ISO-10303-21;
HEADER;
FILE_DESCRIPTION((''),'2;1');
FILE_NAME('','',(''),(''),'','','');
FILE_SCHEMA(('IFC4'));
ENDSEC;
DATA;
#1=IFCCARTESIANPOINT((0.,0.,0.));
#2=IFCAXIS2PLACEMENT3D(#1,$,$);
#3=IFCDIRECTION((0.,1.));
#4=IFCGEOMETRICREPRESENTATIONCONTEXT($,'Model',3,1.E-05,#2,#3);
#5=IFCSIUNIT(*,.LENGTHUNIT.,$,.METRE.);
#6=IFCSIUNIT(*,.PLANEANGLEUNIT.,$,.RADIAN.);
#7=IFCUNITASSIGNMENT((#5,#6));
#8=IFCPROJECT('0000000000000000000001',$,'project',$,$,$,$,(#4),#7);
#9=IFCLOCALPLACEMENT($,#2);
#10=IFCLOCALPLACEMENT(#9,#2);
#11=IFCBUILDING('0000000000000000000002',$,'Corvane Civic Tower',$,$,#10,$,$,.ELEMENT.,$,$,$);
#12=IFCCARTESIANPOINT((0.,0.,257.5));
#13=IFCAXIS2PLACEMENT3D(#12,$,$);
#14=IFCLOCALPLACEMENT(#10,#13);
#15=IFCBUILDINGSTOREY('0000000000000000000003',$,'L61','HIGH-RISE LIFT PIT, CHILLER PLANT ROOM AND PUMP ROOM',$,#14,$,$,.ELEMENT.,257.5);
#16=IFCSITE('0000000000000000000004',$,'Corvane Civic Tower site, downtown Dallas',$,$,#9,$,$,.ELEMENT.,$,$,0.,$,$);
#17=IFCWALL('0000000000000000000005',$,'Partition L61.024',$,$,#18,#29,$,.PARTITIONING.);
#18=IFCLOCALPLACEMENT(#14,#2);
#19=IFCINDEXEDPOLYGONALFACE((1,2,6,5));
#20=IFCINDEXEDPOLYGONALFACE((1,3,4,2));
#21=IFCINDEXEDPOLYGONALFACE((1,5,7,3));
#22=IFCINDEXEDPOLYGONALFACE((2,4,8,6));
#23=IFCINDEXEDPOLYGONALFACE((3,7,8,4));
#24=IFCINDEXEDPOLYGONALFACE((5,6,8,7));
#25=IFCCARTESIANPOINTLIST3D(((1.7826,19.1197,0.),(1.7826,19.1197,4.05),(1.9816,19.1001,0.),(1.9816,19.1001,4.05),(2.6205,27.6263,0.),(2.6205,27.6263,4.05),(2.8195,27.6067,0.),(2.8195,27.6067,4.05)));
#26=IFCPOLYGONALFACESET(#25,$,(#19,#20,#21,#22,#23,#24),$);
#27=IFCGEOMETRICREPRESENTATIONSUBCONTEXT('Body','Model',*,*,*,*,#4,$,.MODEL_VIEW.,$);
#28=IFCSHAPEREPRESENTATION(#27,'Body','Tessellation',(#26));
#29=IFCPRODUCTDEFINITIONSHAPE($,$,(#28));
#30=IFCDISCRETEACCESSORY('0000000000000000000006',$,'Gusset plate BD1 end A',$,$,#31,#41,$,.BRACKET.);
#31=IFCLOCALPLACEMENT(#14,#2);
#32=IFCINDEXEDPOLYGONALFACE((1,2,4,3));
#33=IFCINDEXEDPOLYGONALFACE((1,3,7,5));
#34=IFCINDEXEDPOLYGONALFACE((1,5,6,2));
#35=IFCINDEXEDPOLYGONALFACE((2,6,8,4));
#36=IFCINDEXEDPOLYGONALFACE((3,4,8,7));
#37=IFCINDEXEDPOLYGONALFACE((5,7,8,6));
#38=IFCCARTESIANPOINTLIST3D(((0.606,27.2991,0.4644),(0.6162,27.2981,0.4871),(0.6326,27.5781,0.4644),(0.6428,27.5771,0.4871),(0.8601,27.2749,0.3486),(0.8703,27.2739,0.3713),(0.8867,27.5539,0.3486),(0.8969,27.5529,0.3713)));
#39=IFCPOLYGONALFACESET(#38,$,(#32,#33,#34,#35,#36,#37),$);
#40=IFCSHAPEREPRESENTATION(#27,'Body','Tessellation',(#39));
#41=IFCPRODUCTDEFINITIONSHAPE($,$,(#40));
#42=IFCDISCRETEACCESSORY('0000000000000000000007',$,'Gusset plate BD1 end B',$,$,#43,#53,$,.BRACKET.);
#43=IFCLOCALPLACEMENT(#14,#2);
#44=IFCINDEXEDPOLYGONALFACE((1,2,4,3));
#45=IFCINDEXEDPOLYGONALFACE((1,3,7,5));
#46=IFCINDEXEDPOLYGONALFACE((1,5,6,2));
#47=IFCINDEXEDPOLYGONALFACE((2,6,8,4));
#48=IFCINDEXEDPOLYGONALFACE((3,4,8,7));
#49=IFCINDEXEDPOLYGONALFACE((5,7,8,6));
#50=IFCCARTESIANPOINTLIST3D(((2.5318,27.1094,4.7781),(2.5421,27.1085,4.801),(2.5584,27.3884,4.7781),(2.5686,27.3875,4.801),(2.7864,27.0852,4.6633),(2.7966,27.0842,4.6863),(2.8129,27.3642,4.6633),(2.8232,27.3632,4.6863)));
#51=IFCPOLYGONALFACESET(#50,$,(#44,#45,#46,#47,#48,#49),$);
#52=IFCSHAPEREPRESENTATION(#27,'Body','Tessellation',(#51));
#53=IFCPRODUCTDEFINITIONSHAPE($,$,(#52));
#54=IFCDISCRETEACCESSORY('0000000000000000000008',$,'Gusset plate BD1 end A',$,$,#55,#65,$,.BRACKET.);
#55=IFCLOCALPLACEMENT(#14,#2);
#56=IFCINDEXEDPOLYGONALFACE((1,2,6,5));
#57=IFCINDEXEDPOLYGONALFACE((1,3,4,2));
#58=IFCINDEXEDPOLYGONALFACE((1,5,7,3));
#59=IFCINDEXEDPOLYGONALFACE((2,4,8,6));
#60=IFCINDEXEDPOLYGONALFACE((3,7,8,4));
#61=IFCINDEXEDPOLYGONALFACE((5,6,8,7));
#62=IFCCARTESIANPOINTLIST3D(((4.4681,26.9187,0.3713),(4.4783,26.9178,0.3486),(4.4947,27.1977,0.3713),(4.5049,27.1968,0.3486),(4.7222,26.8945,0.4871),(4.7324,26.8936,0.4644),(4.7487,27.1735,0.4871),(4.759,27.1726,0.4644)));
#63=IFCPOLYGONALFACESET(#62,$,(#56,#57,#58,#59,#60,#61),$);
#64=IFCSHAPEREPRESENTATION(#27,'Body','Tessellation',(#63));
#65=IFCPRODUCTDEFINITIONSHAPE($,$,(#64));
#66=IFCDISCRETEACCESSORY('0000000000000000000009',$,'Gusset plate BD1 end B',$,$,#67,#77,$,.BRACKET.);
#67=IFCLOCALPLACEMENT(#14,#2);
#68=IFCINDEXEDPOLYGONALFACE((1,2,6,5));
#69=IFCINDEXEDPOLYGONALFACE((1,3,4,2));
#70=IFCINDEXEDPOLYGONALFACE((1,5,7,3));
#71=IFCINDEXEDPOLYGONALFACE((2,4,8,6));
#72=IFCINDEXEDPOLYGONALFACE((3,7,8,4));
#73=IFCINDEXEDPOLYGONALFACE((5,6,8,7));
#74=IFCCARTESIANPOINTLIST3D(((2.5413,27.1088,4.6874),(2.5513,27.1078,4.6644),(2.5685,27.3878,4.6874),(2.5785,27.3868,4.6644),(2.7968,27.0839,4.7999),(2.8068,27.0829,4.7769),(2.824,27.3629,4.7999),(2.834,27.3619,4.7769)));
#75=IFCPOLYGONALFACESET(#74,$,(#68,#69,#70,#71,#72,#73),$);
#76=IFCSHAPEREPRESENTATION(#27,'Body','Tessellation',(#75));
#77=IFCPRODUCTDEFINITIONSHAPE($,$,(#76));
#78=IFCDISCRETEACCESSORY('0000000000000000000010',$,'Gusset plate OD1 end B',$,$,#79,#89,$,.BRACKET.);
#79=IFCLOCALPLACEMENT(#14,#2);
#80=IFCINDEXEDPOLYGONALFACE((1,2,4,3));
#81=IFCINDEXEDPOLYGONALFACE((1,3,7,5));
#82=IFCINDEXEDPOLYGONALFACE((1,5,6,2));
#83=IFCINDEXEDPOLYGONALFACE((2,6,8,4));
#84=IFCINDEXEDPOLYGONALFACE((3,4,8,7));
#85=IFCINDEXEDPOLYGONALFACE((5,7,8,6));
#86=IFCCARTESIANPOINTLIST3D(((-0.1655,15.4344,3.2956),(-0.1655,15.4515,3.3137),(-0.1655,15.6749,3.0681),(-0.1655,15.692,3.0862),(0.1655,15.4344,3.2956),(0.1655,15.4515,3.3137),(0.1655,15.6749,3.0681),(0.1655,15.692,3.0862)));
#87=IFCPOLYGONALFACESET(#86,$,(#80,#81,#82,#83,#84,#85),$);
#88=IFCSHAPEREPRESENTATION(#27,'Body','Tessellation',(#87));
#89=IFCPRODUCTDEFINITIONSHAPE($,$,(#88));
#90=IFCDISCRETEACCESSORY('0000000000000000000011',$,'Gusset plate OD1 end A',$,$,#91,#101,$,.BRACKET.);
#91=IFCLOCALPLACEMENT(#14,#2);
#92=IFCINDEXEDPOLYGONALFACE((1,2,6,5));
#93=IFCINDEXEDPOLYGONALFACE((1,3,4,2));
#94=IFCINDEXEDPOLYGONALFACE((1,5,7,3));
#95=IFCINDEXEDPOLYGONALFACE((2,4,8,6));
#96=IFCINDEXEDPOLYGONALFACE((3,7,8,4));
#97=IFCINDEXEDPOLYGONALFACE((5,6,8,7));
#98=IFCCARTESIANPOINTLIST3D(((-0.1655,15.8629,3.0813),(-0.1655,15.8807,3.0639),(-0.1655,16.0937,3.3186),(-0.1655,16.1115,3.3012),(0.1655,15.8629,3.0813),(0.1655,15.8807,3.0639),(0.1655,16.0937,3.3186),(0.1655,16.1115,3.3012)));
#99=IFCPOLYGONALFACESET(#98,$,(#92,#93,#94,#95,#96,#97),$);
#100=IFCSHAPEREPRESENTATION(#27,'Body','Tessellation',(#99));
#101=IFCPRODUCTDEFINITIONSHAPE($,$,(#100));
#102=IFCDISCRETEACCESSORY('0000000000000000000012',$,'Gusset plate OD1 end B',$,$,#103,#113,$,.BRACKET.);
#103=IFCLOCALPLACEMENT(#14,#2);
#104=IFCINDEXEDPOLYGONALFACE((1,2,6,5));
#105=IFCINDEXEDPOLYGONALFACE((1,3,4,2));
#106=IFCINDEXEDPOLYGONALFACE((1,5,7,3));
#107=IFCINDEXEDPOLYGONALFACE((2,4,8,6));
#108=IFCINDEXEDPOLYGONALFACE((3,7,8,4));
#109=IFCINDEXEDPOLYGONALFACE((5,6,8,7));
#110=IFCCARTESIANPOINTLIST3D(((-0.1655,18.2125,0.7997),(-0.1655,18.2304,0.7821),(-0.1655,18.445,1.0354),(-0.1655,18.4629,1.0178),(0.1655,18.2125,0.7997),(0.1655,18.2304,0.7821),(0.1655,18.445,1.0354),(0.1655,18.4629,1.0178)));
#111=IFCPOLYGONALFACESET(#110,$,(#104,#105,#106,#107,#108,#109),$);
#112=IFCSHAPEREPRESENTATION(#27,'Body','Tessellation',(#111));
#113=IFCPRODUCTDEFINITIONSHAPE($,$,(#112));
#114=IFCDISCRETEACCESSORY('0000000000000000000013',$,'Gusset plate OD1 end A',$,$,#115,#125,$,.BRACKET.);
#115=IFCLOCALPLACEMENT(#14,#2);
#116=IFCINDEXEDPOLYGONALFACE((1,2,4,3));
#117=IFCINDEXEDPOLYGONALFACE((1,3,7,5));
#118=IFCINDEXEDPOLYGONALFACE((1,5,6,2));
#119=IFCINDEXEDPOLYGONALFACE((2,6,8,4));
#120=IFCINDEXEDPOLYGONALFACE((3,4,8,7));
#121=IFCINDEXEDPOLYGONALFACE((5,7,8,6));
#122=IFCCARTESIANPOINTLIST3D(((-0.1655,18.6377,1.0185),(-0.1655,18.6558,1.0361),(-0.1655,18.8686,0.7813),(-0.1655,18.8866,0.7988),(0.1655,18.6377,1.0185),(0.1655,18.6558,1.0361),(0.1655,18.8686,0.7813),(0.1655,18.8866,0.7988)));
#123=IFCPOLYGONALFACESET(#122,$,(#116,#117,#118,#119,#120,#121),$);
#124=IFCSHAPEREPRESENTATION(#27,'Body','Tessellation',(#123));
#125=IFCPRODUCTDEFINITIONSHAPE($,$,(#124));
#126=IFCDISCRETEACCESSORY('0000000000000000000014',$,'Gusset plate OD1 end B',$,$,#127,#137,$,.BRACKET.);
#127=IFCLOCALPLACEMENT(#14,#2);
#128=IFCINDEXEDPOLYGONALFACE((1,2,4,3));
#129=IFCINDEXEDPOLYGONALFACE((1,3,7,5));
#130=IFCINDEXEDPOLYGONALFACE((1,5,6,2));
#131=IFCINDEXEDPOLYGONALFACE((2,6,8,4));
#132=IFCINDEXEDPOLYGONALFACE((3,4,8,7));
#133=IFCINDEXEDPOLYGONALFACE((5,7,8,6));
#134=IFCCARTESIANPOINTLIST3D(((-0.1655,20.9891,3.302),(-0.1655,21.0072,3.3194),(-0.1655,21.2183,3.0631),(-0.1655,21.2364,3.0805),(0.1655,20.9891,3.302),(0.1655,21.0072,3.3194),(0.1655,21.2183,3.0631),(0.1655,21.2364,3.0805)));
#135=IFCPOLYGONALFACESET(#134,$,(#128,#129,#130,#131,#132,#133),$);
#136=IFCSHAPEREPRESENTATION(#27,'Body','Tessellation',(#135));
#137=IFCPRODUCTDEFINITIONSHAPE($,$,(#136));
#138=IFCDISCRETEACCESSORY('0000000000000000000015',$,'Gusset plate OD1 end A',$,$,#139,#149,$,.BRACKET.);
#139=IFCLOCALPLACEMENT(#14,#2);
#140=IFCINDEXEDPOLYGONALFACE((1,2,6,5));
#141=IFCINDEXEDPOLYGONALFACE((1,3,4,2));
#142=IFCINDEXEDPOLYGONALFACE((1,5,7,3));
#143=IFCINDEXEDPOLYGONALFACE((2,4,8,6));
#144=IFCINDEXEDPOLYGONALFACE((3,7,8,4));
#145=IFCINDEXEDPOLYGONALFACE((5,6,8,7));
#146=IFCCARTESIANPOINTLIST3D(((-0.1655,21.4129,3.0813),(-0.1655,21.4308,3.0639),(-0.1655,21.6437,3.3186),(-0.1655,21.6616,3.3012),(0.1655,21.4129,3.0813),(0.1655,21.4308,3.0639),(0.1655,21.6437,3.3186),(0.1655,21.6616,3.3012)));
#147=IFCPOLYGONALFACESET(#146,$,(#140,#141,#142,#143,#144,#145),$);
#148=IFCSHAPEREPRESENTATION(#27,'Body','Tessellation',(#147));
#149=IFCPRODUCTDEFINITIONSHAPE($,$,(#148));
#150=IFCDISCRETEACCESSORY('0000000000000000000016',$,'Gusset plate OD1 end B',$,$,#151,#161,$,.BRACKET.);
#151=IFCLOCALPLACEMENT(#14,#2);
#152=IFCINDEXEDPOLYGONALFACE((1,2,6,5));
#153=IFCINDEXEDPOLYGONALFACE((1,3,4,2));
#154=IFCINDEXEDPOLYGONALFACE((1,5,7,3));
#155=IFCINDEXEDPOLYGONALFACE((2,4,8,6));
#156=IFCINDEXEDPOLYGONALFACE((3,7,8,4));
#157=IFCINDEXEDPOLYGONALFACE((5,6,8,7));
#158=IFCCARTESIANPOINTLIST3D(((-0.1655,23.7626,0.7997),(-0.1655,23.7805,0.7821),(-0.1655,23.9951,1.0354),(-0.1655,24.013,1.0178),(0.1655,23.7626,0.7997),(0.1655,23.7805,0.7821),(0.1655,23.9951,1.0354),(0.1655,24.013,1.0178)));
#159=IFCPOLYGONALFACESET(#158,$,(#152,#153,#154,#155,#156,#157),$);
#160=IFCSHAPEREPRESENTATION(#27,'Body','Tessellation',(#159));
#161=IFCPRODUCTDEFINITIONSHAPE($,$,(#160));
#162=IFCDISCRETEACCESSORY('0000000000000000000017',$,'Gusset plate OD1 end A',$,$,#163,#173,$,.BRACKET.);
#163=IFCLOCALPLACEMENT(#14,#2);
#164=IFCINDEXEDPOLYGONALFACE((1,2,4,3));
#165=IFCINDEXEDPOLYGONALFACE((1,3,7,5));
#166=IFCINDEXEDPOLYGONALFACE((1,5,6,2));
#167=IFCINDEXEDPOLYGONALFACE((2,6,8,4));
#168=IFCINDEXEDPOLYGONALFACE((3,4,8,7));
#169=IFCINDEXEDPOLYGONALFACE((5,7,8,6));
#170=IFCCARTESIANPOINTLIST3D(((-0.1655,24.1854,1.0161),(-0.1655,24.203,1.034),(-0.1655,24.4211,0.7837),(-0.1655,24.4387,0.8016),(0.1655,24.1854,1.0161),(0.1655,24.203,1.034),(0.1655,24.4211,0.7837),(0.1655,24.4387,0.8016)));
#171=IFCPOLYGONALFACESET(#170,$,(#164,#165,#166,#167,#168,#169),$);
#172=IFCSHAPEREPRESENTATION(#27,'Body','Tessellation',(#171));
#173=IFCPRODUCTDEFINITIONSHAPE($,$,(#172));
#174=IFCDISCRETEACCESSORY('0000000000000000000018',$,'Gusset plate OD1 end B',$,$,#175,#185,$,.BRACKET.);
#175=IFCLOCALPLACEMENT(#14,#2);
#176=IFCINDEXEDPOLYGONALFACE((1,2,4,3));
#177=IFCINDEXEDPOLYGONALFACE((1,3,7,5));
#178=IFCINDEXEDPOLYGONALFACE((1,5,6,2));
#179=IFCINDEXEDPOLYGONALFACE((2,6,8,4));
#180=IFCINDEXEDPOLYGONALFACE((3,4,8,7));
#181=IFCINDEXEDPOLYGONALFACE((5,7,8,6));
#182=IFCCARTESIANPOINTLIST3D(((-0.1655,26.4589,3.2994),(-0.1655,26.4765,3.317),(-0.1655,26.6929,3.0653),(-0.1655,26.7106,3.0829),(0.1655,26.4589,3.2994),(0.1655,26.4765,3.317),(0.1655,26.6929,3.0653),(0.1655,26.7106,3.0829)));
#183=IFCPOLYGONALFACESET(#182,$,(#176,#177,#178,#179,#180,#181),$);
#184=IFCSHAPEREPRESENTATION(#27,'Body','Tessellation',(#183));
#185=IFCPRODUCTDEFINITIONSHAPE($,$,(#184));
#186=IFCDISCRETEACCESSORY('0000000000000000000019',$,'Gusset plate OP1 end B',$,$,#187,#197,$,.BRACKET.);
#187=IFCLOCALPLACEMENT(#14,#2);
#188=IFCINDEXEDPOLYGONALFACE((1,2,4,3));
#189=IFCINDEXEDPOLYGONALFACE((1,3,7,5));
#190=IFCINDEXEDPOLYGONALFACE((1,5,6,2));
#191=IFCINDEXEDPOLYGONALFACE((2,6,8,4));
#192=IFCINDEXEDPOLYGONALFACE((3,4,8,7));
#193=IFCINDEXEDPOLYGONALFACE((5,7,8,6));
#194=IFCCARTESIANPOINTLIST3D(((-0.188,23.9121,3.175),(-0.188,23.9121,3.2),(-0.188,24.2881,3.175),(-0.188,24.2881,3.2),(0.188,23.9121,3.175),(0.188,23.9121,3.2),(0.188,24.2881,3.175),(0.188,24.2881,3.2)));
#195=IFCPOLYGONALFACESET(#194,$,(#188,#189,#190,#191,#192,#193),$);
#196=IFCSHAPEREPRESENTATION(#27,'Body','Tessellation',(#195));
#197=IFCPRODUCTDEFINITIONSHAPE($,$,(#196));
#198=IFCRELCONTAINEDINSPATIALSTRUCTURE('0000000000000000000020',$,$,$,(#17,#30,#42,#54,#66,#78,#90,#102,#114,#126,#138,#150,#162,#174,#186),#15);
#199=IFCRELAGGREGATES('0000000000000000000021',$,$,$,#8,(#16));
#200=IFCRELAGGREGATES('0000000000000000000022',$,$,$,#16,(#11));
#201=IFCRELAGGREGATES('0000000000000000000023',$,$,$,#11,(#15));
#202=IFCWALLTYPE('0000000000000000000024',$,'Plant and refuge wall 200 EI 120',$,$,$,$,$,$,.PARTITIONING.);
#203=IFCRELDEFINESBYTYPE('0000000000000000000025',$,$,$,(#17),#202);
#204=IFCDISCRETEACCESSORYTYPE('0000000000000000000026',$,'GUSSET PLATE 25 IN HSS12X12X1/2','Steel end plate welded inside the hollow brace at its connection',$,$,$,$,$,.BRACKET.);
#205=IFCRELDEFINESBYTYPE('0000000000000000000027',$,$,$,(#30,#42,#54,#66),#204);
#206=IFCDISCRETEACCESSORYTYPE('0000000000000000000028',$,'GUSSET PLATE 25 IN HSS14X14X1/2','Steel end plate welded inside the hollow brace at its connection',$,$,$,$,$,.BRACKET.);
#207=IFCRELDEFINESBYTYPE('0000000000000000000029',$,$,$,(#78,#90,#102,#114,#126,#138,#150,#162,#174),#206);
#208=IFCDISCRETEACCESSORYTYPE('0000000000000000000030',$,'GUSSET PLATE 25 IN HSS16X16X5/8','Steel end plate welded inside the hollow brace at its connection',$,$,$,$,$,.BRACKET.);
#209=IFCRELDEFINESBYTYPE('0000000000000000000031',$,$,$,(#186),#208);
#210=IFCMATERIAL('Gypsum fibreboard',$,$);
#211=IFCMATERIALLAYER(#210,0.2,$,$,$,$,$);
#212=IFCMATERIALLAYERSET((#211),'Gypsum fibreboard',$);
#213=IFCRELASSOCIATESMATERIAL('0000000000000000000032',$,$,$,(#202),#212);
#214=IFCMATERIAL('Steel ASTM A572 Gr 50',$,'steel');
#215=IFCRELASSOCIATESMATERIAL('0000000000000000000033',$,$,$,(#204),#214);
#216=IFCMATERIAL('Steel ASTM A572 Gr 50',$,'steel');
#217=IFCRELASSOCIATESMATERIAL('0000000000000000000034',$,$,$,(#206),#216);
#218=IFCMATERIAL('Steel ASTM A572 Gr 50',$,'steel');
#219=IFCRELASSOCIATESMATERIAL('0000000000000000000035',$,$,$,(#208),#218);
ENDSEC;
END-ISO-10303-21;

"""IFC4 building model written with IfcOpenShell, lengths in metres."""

from ifc_helpers import new_model, si_unit, direction, frame, frame_2d, origin, origin_2d, place, context, subcontext, project, spatial, rectangle, extrude, material, layer, layer_set, material_profile, profile_set, type_object, element, save


model = new_model("IFC4")

# Units and contexts
model_context = context("Model", 3, precision=1e-05, world=origin(), true_north=direction((0.0, 1.0)))
body_context = subcontext(model_context, "Body", "Model", "MODEL_VIEW")
ifc_project = project(units=[si_unit("LENGTHUNIT", "METRE"), si_unit("PLANEANGLEUNIT", "RADIAN")], contexts=[model_context])

# Site, building, storey
site_placement = place(None, origin())
site = spatial("IfcSite", under=ifc_project, at=site_placement, Name="Corvane Civic Tower site, downtown Dallas", CompositionType="ELEMENT", RefElevation=0.0)
building_placement = place(site_placement, origin())
building = spatial("IfcBuilding", under=site, at=building_placement, Name="Corvane Civic Tower", CompositionType="ELEMENT")
storey_placement = place(building_placement, frame((0.0, 0.0, 257.5)))
storey = spatial("IfcBuildingStorey", under=building, at=storey_placement, Name="L61", Description="HIGH-RISE LIFT PIT, CHILLER PLANT ROOM AND PUMP ROOM", CompositionType="ELEMENT", Elevation=257.5)

# Wall
ifc_material_1 = material(Name="Gypsum fibreboard")
ifc_layer_1 = layer(ifc_material_1, 0.2)
ifc_layer_set_1 = layer_set([ifc_layer_1], Name="Gypsum fibreboard")
wall_type_1 = type_object("IfcWallType", Name="Plant and refuge wall 200 EI 120", PredefinedType="PARTITIONING", material=ifc_layer_set_1)
wall_placement = place(storey_placement, frame((1.8821, 19.1099, 0.0), z_axis=(0.0, 0.0, 1.0), x_axis=(0.098025, 0.995184, 0.0)))
element("IfcWall", 1, at=wall_placement, inside=storey, type_object=wall_type_1, Name="Partition L61.024", PredefinedType="PARTITIONING", context=body_context, shape_type="SweptSolid", body=[
    extrude(rectangle(XDim=8.5479, YDim=0.2, at=frame_2d((4.2739, 0.0))), origin(), (0.0, 0.0, 1.0), 4.05),
])

# Discrete accessories
ifc_material_2 = material(Name="Steel ASTM A572 Gr 50", Category="steel")
ifc_material_profile_1 = material_profile(ifc_material_2, rectangle(XDim=0.2803, YDim=0.2803, at=origin_2d()), Name="GUSSET PLATE 25 IN HSS12X12X1/2")
ifc_profile_set_1 = profile_set([ifc_material_profile_1], Name="Steel ASTM A572 Gr 50")
discrete_accessory_type_1 = type_object("IfcDiscreteAccessoryType", Name="GUSSET PLATE 25 IN HSS12X12X1/2", Description="Steel end plate welded inside the hollow brace at its connection", PredefinedType="BRACKET", material=ifc_profile_set_1)
discrete_accessory_1_placement = place(storey_placement, frame((0.7463, 27.4265, 0.4065), z_axis=(0.411271, -0.039169, 0.910671), x_axis=(0.094809, 0.995495, 0.0)))
element("IfcDiscreteAccessory", 2, at=discrete_accessory_1_placement, inside=storey, type_object=discrete_accessory_type_1, Name="Gusset plate BD1 end A", PredefinedType="BRACKET", context=body_context, shape_type="SweptSolid", body=[
    extrude(rectangle(XDim=0.2803, YDim=0.2803, at=origin_2d()), origin(), (0.0, 0.0, 1.0), 0.0249),
])
discrete_accessory_2_placement = place(storey_placement, frame((2.6826, 27.2358, 4.7437), z_axis=(-0.407633, 0.038822, -0.91232), x_axis=(-0.094809, -0.995495, 0.0)))
element("IfcDiscreteAccessory", 3, at=discrete_accessory_2_placement, inside=storey, type_object=discrete_accessory_type_1, Name="Gusset plate BD1 end B", PredefinedType="BRACKET", context=body_context, shape_type="SweptSolid", body=[
    extrude(rectangle(XDim=0.2803, YDim=0.2803, at=origin_2d()), origin(), (0.0, 0.0, 1.0), 0.0251),
])
discrete_accessory_3_placement = place(storey_placement, frame((4.6187, 27.0452, 0.4065), z_axis=(-0.411271, 0.039169, 0.910671), x_axis=(-0.094809, -0.995495, 0.0)))
element("IfcDiscreteAccessory", 4, at=discrete_accessory_3_placement, inside=storey, type_object=discrete_accessory_type_1, Name="Gusset plate BD1 end A", PredefinedType="BRACKET", context=body_context, shape_type="SweptSolid", body=[
    extrude(rectangle(XDim=0.2803, YDim=0.2803, at=origin_2d()), origin(), (0.0, 0.0, 1.0), 0.0249),
])
discrete_accessory_4_placement = place(storey_placement, frame((2.6826, 27.2358, 4.7437), z_axis=(0.399492, -0.038975, -0.915908), x_axis=(0.0971, 0.995275, 0.0)))
element("IfcDiscreteAccessory", 5, at=discrete_accessory_4_placement, inside=storey, type_object=discrete_accessory_type_1, Name="Gusset plate BD1 end B", PredefinedType="BRACKET", context=body_context, shape_type="SweptSolid", body=[
    extrude(rectangle(XDim=0.2803, YDim=0.2803, at=origin_2d()), origin(), (0.0, 0.0, 1.0), 0.0251),
])
ifc_material_3 = material(Name="Steel ASTM A572 Gr 50", Category="steel")
ifc_material_profile_2 = material_profile(ifc_material_3, rectangle(XDim=0.3311, YDim=0.3311, at=origin_2d()), Name="GUSSET PLATE 25 IN HSS14X14X1/2")
ifc_profile_set_2 = profile_set([ifc_material_profile_2], Name="Steel ASTM A572 Gr 50")
discrete_accessory_type_2 = type_object("IfcDiscreteAccessoryType", Name="GUSSET PLATE 25 IN HSS14X14X1/2", Description="Steel end plate welded inside the hollow brace at its connection", PredefinedType="BRACKET", material=ifc_profile_set_2)
for number, where, z_axis, x_axis, name in (
    (6, (0.0, 15.5718, 3.2), (0.0, -0.6872, -0.726468), (1.0, 0.0, 0.0), "Gusset plate OD1 end B"),
    (7, (0.0, 15.9783, 3.2), (0.0, 0.716859, -0.697219), (-1.0, 0.0, 0.0), "Gusset plate OD1 end A"),
):
    element("IfcDiscreteAccessory", number, at=place(storey_placement, frame(where, z_axis=z_axis, x_axis=x_axis)), inside=storey, type_object=discrete_accessory_type_2, Name=name, PredefinedType="BRACKET", context=body_context, shape_type="SweptSolid", body=[
        extrude(rectangle(XDim=0.3311, YDim=0.3311, at=origin_2d()), origin(), (0.0, 0.0, 1.0), 0.0249),
    ])
for number, where, z_axis, x_axis, name in (
    (8, (0.0, 18.3467, 0.8999), (0.0, -0.711966, 0.702213), (1.0, 0.0, 0.0), "Gusset plate OD1 end B"),
    (9, (0.0, 18.7532, 0.8999), (0.0, 0.716726, 0.697355), (-1.0, 0.0, 0.0), "Gusset plate OD1 end A"),
    (10, (0.0, 21.1218, 3.2), (0.0, -0.721582, -0.692329), (1.0, 0.0, 0.0), "Gusset plate OD1 end B"),
):
    element("IfcDiscreteAccessory", number, at=place(storey_placement, frame(where, z_axis=z_axis, x_axis=x_axis)), inside=storey, type_object=discrete_accessory_type_2, Name=name, PredefinedType="BRACKET", context=body_context, shape_type="SweptSolid", body=[
        extrude(rectangle(XDim=0.3311, YDim=0.3311, at=origin_2d()), origin(), (0.0, 0.0, 1.0), 0.0251),
    ])
discrete_accessory_5_placement = place(storey_placement, frame((0.0, 21.5283, 3.2), z_axis=(0.0, 0.716859, -0.697219), x_axis=(-1.0, 0.0, 0.0)))
element("IfcDiscreteAccessory", 11, at=discrete_accessory_5_placement, inside=storey, type_object=discrete_accessory_type_2, Name="Gusset plate OD1 end A", PredefinedType="BRACKET", context=body_context, shape_type="SweptSolid", body=[
    extrude(rectangle(XDim=0.3311, YDim=0.3311, at=origin_2d()), origin(), (0.0, 0.0, 1.0), 0.0249),
])
for number, where, z_axis, x_axis, name in (
    (12, (0.0, 23.8967, 0.8999), (0.0, -0.711966, 0.702213), (1.0, 0.0, 0.0), "Gusset plate OD1 end B"),
    (13, (0.0, 24.3032, 0.8999), (0.0, 0.702213, 0.711966), (-1.0, 0.0, 0.0), "Gusset plate OD1 end A"),
):
    element("IfcDiscreteAccessory", number, at=place(storey_placement, frame(where, z_axis=z_axis, x_axis=x_axis)), inside=storey, type_object=discrete_accessory_type_2, Name=name, PredefinedType="BRACKET", context=body_context, shape_type="SweptSolid", body=[
        extrude(rectangle(XDim=0.3311, YDim=0.3311, at=origin_2d()), origin(), (0.0, 0.0, 1.0), 0.0251),
    ])
discrete_accessory_6_placement = place(storey_placement, frame((0.0, 26.5935, 3.2), z_axis=(0.0, -0.707107, -0.707107), x_axis=(1.0, 0.0, 0.0)))
element("IfcDiscreteAccessory", 14, at=discrete_accessory_6_placement, inside=storey, type_object=discrete_accessory_type_2, Name="Gusset plate OD1 end B", PredefinedType="BRACKET", context=body_context, shape_type="SweptSolid", body=[
    extrude(rectangle(XDim=0.3311, YDim=0.3311, at=origin_2d()), origin(), (0.0, 0.0, 1.0), 0.0249),
])
ifc_material_4 = material(Name="Steel ASTM A572 Gr 50", Category="steel")
ifc_material_profile_3 = material_profile(ifc_material_4, rectangle(XDim=0.376, YDim=0.376, at=origin_2d()), Name="GUSSET PLATE 25 IN HSS16X16X5/8")
ifc_profile_set_3 = profile_set([ifc_material_profile_3], Name="Steel ASTM A572 Gr 50")
discrete_accessory_type_3 = type_object("IfcDiscreteAccessoryType", Name="GUSSET PLATE 25 IN HSS16X16X5/8", Description="Steel end plate welded inside the hollow brace at its connection", PredefinedType="BRACKET", material=ifc_profile_set_3)
discrete_accessory_7_placement = place(storey_placement, frame((0.0, 24.1001, 3.2), z_axis=(0.0, 0.0, -1.0), x_axis=(1.0, 0.0, 0.0)))
element("IfcDiscreteAccessory", 15, at=discrete_accessory_7_placement, inside=storey, type_object=discrete_accessory_type_3, Name="Gusset plate OP1 end B", PredefinedType="BRACKET", context=body_context, shape_type="SweptSolid", body=[
    extrude(rectangle(XDim=0.376, YDim=0.376, at=origin_2d()), origin(), (0.0, 0.0, 1.0), 0.0249),
])

save(model, "model.ifc")
